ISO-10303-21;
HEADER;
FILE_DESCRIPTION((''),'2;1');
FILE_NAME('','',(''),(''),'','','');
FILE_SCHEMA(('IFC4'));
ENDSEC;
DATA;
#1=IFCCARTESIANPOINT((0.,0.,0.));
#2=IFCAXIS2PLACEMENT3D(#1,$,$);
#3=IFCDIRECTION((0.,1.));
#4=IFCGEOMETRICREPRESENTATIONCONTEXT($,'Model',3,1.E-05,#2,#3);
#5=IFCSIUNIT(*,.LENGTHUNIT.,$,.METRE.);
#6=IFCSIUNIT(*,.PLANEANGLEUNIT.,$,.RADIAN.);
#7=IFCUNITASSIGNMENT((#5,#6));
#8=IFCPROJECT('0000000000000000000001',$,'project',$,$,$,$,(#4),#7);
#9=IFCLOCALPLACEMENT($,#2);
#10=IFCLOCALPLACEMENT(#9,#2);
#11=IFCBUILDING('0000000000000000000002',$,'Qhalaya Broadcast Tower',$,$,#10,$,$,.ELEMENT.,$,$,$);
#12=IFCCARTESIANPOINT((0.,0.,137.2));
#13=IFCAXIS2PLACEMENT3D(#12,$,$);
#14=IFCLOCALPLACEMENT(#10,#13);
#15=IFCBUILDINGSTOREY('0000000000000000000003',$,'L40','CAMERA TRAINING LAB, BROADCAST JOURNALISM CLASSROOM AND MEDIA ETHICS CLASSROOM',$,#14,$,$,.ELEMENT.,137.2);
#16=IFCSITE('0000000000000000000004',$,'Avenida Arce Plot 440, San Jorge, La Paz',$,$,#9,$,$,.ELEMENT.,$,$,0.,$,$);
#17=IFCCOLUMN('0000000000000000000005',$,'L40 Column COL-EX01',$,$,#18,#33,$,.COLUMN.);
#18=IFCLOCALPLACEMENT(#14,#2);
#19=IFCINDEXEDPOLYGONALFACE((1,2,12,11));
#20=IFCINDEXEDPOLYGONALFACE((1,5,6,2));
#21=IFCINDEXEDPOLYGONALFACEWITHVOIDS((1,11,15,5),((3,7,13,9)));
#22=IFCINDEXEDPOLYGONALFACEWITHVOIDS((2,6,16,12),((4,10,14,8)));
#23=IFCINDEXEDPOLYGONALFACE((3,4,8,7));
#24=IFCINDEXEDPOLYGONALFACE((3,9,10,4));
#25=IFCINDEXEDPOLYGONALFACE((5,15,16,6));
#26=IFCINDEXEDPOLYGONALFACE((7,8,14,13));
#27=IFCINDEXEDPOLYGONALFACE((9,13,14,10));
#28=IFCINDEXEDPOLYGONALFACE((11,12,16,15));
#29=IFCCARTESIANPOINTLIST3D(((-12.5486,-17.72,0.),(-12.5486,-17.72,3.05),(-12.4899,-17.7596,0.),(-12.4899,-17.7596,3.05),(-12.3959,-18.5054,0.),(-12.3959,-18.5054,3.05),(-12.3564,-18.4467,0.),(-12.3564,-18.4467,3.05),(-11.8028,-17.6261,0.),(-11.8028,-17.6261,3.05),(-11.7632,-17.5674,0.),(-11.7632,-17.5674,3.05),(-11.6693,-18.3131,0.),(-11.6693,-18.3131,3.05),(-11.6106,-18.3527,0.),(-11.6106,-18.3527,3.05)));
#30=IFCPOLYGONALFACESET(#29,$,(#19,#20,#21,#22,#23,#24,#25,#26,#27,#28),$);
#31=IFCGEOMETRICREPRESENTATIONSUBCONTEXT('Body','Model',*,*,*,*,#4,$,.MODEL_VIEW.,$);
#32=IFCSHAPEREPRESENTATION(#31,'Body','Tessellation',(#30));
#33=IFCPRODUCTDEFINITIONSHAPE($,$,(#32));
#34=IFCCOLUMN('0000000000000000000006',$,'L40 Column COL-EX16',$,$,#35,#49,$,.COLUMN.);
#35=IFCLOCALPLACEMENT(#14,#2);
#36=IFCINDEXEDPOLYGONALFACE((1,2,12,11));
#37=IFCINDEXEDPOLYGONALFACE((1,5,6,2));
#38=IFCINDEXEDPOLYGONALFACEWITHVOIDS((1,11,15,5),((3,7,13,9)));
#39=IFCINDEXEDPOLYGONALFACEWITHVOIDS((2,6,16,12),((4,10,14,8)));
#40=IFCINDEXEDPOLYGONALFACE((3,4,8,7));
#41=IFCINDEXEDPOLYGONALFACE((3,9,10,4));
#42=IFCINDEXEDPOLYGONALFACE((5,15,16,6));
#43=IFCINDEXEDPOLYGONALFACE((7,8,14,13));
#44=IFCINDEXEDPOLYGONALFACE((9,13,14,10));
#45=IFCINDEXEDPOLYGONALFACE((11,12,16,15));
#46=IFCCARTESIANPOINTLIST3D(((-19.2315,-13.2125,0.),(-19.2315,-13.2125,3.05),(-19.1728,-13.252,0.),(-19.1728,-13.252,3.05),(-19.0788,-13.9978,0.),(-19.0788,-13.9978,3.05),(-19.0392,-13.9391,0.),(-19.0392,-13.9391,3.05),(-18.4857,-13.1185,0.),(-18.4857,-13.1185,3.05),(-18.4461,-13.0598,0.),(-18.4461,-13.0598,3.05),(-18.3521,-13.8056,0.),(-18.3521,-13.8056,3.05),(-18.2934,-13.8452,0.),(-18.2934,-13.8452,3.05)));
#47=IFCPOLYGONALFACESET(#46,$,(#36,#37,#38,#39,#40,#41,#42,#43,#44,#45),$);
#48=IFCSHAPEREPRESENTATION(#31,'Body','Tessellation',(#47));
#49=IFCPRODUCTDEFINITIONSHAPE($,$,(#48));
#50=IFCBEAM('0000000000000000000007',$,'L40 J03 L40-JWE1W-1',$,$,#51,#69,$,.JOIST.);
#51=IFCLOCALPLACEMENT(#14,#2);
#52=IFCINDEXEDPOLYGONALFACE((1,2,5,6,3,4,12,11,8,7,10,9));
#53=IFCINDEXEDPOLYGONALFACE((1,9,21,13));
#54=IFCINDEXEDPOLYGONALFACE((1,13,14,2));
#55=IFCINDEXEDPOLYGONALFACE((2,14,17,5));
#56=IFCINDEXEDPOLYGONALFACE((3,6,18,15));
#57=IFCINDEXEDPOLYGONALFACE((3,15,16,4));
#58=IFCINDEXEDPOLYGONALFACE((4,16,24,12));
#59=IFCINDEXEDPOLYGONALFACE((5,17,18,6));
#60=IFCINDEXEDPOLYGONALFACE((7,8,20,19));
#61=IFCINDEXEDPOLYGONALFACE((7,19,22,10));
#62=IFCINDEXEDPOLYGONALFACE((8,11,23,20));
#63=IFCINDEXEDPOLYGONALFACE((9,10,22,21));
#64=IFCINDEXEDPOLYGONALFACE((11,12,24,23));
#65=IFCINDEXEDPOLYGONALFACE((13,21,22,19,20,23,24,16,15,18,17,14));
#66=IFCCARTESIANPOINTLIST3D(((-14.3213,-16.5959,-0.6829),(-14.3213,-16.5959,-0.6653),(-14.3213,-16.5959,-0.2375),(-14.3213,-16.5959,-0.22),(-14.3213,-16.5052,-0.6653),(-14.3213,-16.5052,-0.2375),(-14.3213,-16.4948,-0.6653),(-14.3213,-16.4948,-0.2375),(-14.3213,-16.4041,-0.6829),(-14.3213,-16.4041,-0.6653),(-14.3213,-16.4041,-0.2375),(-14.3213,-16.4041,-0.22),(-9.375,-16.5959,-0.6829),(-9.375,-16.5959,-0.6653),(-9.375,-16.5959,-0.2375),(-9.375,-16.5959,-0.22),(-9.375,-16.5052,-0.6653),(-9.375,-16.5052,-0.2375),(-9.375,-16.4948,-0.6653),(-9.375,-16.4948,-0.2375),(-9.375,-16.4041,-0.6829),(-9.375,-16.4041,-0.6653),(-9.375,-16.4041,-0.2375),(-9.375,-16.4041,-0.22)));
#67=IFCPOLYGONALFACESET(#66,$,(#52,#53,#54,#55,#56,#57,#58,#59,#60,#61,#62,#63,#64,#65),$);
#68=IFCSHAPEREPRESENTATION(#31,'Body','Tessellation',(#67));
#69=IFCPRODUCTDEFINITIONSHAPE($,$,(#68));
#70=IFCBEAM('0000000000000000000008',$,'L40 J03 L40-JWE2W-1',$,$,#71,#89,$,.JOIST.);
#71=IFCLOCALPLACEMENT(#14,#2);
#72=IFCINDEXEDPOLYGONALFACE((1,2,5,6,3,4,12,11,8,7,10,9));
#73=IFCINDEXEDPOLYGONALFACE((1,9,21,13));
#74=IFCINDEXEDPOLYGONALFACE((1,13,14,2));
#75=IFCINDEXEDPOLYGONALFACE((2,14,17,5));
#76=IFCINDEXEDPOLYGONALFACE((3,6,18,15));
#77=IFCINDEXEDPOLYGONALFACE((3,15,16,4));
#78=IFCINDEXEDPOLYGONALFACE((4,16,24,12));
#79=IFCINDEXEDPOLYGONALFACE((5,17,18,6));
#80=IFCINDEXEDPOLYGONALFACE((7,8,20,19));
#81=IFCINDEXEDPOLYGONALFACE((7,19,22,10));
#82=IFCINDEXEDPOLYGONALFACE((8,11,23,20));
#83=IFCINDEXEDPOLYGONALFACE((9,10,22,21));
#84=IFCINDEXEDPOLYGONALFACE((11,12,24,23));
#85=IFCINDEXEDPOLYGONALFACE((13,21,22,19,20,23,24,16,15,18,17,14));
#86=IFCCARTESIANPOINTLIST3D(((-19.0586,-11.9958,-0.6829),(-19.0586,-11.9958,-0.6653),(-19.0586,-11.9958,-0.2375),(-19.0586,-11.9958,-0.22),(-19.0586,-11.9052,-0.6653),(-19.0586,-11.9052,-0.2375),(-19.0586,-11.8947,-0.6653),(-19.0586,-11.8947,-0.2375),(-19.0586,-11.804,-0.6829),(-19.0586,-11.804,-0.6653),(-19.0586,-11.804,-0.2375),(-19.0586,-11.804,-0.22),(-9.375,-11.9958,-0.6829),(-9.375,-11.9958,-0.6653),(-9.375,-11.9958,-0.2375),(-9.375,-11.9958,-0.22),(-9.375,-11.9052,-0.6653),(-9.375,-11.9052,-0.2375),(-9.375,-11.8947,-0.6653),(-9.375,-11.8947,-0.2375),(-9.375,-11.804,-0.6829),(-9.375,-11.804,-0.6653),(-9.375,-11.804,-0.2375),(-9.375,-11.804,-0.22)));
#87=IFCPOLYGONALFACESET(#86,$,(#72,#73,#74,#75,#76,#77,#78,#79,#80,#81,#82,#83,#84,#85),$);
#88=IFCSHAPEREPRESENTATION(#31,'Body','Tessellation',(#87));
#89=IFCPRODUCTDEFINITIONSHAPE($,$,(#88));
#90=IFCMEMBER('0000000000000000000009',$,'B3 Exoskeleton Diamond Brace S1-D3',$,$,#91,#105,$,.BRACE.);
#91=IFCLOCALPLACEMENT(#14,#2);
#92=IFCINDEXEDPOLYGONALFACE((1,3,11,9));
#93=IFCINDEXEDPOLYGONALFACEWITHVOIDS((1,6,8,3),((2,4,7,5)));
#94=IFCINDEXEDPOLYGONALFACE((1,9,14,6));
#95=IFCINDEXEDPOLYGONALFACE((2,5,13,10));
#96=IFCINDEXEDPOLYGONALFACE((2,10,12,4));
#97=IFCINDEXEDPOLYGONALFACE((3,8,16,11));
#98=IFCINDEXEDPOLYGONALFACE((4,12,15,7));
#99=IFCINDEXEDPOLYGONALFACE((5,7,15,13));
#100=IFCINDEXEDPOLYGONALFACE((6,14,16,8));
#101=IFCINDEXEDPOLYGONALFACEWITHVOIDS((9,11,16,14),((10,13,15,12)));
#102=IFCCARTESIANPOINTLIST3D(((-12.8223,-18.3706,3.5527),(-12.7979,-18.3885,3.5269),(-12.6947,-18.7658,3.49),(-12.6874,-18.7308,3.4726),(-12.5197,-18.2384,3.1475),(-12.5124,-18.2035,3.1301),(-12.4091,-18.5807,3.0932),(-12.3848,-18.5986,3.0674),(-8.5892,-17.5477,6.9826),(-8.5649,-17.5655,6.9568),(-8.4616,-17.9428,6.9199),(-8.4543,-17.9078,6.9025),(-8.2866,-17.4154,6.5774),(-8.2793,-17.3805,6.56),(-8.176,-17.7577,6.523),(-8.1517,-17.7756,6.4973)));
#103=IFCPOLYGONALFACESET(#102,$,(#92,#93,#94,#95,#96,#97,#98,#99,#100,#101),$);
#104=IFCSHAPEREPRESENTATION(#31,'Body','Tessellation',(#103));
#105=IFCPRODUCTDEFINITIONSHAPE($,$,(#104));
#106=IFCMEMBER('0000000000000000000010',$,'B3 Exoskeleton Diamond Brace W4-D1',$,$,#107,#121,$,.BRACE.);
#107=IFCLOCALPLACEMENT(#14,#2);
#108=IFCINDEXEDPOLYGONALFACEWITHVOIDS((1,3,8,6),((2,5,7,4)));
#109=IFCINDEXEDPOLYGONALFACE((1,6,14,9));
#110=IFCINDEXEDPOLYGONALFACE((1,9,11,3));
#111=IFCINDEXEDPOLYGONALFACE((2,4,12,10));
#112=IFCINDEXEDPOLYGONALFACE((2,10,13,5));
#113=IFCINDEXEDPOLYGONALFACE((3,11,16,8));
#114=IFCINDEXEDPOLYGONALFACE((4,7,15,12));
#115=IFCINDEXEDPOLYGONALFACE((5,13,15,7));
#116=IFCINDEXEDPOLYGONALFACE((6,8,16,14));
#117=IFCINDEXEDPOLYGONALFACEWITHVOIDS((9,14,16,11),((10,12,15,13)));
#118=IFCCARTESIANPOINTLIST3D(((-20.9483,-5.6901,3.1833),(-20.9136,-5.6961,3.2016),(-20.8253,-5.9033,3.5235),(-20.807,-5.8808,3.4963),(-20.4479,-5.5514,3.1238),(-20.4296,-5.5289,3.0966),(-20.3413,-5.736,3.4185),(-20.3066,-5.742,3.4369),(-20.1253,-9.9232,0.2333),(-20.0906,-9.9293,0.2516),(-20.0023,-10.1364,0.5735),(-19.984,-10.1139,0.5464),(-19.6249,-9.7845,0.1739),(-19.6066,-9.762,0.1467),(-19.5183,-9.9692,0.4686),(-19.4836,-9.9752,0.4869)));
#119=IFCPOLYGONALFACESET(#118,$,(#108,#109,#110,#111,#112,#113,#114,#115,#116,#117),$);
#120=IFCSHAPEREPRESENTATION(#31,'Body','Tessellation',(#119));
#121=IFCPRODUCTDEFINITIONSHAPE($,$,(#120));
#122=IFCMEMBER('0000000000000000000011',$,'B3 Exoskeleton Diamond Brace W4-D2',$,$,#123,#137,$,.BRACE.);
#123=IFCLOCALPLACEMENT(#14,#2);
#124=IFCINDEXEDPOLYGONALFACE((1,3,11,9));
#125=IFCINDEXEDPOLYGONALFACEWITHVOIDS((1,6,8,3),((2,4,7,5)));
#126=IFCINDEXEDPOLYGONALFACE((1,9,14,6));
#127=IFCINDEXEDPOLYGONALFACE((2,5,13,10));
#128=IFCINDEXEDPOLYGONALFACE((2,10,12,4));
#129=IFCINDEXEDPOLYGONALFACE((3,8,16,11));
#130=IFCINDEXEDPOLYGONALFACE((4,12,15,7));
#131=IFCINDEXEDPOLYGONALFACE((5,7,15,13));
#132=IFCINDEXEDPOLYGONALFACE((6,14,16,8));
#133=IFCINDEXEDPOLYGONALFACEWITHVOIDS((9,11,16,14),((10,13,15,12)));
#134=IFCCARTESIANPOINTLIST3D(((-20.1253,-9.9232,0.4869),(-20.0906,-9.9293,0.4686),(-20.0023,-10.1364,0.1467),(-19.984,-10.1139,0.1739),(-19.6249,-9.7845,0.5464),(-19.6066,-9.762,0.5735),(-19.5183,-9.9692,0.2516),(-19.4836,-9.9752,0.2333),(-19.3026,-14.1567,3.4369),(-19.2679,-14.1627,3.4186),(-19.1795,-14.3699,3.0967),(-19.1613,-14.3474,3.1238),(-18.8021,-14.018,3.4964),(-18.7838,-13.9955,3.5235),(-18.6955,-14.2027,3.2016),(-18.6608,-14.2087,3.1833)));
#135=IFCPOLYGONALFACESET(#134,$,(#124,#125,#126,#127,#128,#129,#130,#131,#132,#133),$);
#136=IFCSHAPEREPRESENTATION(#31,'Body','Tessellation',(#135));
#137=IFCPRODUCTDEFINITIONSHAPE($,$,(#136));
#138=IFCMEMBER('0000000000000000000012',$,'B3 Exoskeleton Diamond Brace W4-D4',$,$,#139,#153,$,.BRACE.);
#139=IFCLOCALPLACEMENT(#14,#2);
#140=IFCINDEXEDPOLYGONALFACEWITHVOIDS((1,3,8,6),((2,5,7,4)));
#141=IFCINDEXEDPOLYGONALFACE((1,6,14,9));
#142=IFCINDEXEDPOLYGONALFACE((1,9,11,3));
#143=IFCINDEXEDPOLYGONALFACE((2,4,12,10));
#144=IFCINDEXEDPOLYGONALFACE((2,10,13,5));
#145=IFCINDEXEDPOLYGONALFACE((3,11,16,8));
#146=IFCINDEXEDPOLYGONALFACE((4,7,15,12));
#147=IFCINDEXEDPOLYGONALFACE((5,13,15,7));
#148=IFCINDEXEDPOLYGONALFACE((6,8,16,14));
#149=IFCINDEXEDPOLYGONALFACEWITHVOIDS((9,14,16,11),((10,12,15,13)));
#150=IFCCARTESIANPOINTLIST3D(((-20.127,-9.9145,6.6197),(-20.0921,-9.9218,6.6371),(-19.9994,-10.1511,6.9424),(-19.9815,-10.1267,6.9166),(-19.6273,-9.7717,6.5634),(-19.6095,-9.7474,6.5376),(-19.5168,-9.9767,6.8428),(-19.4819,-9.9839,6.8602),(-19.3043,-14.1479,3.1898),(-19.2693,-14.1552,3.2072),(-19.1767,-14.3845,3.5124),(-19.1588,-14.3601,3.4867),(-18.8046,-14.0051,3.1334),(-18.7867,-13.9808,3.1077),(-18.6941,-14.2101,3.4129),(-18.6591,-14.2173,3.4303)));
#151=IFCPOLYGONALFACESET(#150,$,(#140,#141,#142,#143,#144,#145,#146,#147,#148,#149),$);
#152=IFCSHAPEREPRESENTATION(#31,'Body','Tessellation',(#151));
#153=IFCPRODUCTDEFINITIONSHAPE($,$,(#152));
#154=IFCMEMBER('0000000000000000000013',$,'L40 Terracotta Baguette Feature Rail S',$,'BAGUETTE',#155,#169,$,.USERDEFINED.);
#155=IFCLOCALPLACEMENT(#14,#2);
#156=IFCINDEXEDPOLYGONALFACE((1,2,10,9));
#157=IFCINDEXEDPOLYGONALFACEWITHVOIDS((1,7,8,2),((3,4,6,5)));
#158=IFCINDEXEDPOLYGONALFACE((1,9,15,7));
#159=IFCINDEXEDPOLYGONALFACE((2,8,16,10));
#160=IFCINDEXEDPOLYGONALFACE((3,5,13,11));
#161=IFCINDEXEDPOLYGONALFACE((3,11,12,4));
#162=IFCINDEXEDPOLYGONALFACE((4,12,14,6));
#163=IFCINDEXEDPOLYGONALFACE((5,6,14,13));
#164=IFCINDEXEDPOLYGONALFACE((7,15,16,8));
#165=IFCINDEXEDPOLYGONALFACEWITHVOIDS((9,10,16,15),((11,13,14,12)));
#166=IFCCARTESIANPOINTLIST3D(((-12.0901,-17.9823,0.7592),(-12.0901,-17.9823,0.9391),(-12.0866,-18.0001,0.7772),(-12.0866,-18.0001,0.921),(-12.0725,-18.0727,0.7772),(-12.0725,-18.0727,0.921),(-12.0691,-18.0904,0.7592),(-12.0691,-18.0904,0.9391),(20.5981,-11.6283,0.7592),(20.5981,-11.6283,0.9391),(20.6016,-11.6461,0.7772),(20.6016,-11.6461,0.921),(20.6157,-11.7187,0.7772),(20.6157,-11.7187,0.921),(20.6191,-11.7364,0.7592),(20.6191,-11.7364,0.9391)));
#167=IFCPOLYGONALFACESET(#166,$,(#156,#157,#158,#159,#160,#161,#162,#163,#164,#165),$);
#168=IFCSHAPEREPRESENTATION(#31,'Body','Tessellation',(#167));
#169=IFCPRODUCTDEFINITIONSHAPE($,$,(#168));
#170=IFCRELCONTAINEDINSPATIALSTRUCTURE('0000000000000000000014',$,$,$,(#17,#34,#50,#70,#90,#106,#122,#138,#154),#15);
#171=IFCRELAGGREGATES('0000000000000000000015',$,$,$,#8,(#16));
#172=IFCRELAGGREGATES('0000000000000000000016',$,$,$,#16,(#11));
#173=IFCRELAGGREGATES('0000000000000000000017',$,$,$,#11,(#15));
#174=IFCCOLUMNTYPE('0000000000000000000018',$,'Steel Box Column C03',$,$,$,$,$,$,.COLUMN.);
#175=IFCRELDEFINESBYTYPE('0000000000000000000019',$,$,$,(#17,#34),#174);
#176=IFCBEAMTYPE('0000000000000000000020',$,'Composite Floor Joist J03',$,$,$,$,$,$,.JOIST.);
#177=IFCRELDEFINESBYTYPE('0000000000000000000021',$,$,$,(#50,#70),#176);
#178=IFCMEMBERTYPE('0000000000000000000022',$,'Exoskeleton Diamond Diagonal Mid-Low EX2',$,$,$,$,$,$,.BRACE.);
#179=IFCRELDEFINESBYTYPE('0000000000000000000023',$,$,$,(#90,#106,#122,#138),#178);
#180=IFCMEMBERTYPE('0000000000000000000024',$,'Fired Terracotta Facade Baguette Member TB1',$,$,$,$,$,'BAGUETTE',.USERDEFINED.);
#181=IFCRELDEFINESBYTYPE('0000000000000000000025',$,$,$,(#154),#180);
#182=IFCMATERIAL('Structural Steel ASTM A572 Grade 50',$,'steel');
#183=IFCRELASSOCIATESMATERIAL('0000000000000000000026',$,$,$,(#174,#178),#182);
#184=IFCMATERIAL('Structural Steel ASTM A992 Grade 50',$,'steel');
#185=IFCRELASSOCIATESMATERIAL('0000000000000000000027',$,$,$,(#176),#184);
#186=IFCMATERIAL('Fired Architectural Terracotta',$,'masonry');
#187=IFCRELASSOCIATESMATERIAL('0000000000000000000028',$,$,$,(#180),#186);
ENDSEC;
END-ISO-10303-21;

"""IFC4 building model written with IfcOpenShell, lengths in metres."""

from ifc_helpers import new_model, si_unit, direction, frame, origin, origin_2d, place, context, subcontext, project, spatial, hollow_rectangle, i_section, extrude, material, material_profile, profile_set, type_object, element, save


model = new_model("IFC4")

# Units and contexts
model_context = context("Model", 3, precision=1e-05, world=origin(), true_north=direction((0.0, 1.0)))
body_context = subcontext(model_context, "Body", "Model", "MODEL_VIEW")
ifc_project = project(units=[si_unit("LENGTHUNIT", "METRE"), si_unit("PLANEANGLEUNIT", "RADIAN")], contexts=[model_context])

# Site, building, storey
site_placement = place(None, origin())
site = spatial("IfcSite", under=ifc_project, at=site_placement, Name="Avenida Arce Plot 440, San Jorge, La Paz", CompositionType="ELEMENT", RefElevation=0.0)
building_placement = place(site_placement, origin())
building = spatial("IfcBuilding", under=site, at=building_placement, Name="Qhalaya Broadcast Tower", CompositionType="ELEMENT")
storey_placement = place(building_placement, frame((0.0, 0.0, 137.2)))
storey = spatial("IfcBuildingStorey", under=building, at=storey_placement, Name="L40", Description="CAMERA TRAINING LAB, BROADCAST JOURNALISM CLASSROOM AND MEDIA ETHICS CLASSROOM", CompositionType="ELEMENT", Elevation=137.2)

# Columns
ifc_material_1 = material(Name="Structural Steel ASTM A572 Grade 50", Category="steel")
ifc_material_profile_1 = material_profile(ifc_material_1, hollow_rectangle(XDim=0.8, YDim=0.8, WallThickness=0.05, at=origin_2d()), Name="BOX 800x800x50")
ifc_profile_set_1 = profile_set([ifc_material_profile_1], Name="Structural Steel ASTM A572 Grade 50")
column_type = type_object("IfcColumnType", Name="Steel Box Column C03", PredefinedType="COLUMN", material=ifc_profile_set_1)
for number, where, z_axis, x_axis, name in (
    (1, (-12.0796, -18.0364, 0.0), (0.0, 0.0, 1.0), (0.981627, 0.190809, 0.0), "L40 Column COL-EX01"),
    (2, (-18.7625, -13.5288, 0.0), (0.0, 0.0, 1.0), (-0.190809, 0.981627, 0.0), "L40 Column COL-EX16"),
):
    element("IfcColumn", number, at=place(storey_placement, frame(where, z_axis=z_axis, x_axis=x_axis)), inside=storey, type_object=column_type, Name=name, PredefinedType="COLUMN", context=body_context, shape_type="SweptSolid", body=[
        extrude(hollow_rectangle(XDim=0.8, YDim=0.8, WallThickness=0.05, at=origin_2d()), origin(), (0.0, 0.0, 1.0), 3.05),
    ])

# Beams
ifc_material_2 = material(Name="Structural Steel ASTM A992 Grade 50", Category="steel")
ifc_material_profile_2 = material_profile(ifc_material_2, i_section(OverallWidth=0.1919, OverallDepth=0.4629, WebThickness=0.0105, FlangeThickness=0.0176, at=origin_2d()), Name="W18X60")
ifc_profile_set_2 = profile_set([ifc_material_profile_2], Name="Structural Steel ASTM A992 Grade 50")
beam_type_1 = type_object("IfcBeamType", Name="Composite Floor Joist J03", PredefinedType="JOIST", material=ifc_profile_set_2)
beam_1_placement = place(storey_placement, frame((-14.3213, -16.5, -0.4514), z_axis=(1.0, 0.0, 0.0), x_axis=(0.0, 1.0, 0.0)))
element("IfcBeam", 3, at=beam_1_placement, inside=storey, type_object=beam_type_1, Name="L40 J03 L40-JWE1W-1", PredefinedType="JOIST", context=body_context, shape_type="SweptSolid", body=[
    extrude(i_section(OverallWidth=0.1919, OverallDepth=0.4629, WebThickness=0.0105, FlangeThickness=0.0176, at=origin_2d()), origin(), (0.0, 0.0, 1.0), 4.9463),
])
beam_2_placement = place(storey_placement, frame((-19.0586, -11.8999, -0.4514), z_axis=(1.0, 0.0, 0.0), x_axis=(0.0, 1.0, 0.0)))
element("IfcBeam", 4, at=beam_2_placement, inside=storey, type_object=beam_type_1, Name="L40 J03 L40-JWE2W-1", PredefinedType="JOIST", context=body_context, shape_type="SweptSolid", body=[
    extrude(i_section(OverallWidth=0.1919, OverallDepth=0.4629, WebThickness=0.0105, FlangeThickness=0.0176, at=origin_2d()), origin(), (0.0, 0.0, 1.0), 9.6836),
])

# Members
ifc_material_profile_3 = material_profile(ifc_material_1, hollow_rectangle(XDim=0.4199, YDim=0.55, WallThickness=0.0281, at=origin_2d()), Name="BOX 420x550x28")
ifc_profile_set_3 = profile_set([ifc_material_profile_3], Name="Structural Steel ASTM A572 Grade 50")
member_type_1 = type_object("IfcMemberType", Name="Exoskeleton Diamond Diagonal Mid-Low EX2", PredefinedType="BRACE", material=ifc_profile_set_3)
member_1_placement = place(storey_placement, frame((-12.6035, -18.4846, 3.3101), z_axis=(0.768252, 0.149361, 0.622479), x_axis=(-0.303929, 0.940918, 0.149334)))
element("IfcMember", 5, at=member_1_placement, inside=storey, type_object=member_type_1, Name="B3 Exoskeleton Diamond Brace S1-D3", PredefinedType="BRACE", context=body_context, shape_type="SweptSolid", body=[
    extrude(hollow_rectangle(XDim=0.4199, YDim=0.55, WallThickness=0.0281, at=origin_2d()), origin(), (0.0, 0.0, 1.0), 5.51),
])
member_2_placement = place(storey_placement, frame((-19.8044, -9.9492, 0.3601), z_axis=(-0.157516, 0.810195, 0.564599), x_axis=(0.293073, -0.507625, 0.810201)))
element("IfcMember", 6, at=member_2_placement, inside=storey, type_object=member_type_1, Name="B3 Exoskeleton Diamond Brace W4-D1", PredefinedType="BRACE", context=body_context, shape_type="SweptSolid", body=[
    extrude(hollow_rectangle(XDim=0.4199, YDim=0.55, WallThickness=0.0281, at=origin_2d()), origin(), (0.0, 0.0, 1.0), 5.2249),
])
member_3_placement = place(storey_placement, frame((-19.8044, -9.9492, 0.3601), z_axis=(0.157464, -0.810217, 0.564582), x_axis=(-0.293036, 0.507628, 0.810212)))
element("IfcMember", 7, at=member_3_placement, inside=storey, type_object=member_type_1, Name="B3 Exoskeleton Diamond Brace W4-D2", PredefinedType="BRACE", context=body_context, shape_type="SweptSolid", body=[
    extrude(hollow_rectangle(XDim=0.4199, YDim=0.55, WallThickness=0.0281, at=origin_2d()), origin(), (0.0, 0.0, 1.0), 5.2251),
])
member_4_placement = place(storey_placement, frame((-18.9817, -14.1826, 3.3101), z_axis=(-0.149313, 0.768275, 0.622462), x_axis=(0.303875, -0.563401, 0.76827)))
element("IfcMember", 8, at=member_4_placement, inside=storey, type_object=member_type_1, Name="B3 Exoskeleton Diamond Brace W4-D4", PredefinedType="BRACE", context=body_context, shape_type="SweptSolid", body=[
    extrude(hollow_rectangle(XDim=0.4199, YDim=0.55, WallThickness=0.0281, at=origin_2d()), origin(), (0.0, 0.0, 1.0), 5.5103),
])
ifc_material_3 = material(Name="Fired Architectural Terracotta", Category="masonry")
ifc_material_profile_4 = material_profile(ifc_material_3, hollow_rectangle(XDim=0.1101, YDim=0.1799, WallThickness=0.0181, at=origin_2d()), Name="TB-BAG 110x180x18")
ifc_profile_set_4 = profile_set([ifc_material_profile_4], Name="Fired Architectural Terracotta")
member_type_2 = type_object("IfcMemberType", Name="Fired Terracotta Facade Baguette Member TB1", ElementType="BAGUETTE", PredefinedType="USERDEFINED", material=ifc_profile_set_4)
member_5_placement = place(storey_placement, frame((-12.0796, -18.0364, 0.8491), z_axis=(0.981627, 0.190811, 0.0), x_axis=(-0.190811, 0.981627, 0.0)))
element("IfcMember", 9, at=member_5_placement, inside=storey, type_object=member_type_2, Name="L40 Terracotta Baguette Feature Rail S", ObjectType="BAGUETTE", PredefinedType="USERDEFINED", context=body_context, shape_type="SweptSolid", body=[
    extrude(hollow_rectangle(XDim=0.1101, YDim=0.1799, WallThickness=0.0181, at=origin_2d()), origin(), (0.0, 0.0, 1.0), 33.3),
])

save(model, "model.ifc")
